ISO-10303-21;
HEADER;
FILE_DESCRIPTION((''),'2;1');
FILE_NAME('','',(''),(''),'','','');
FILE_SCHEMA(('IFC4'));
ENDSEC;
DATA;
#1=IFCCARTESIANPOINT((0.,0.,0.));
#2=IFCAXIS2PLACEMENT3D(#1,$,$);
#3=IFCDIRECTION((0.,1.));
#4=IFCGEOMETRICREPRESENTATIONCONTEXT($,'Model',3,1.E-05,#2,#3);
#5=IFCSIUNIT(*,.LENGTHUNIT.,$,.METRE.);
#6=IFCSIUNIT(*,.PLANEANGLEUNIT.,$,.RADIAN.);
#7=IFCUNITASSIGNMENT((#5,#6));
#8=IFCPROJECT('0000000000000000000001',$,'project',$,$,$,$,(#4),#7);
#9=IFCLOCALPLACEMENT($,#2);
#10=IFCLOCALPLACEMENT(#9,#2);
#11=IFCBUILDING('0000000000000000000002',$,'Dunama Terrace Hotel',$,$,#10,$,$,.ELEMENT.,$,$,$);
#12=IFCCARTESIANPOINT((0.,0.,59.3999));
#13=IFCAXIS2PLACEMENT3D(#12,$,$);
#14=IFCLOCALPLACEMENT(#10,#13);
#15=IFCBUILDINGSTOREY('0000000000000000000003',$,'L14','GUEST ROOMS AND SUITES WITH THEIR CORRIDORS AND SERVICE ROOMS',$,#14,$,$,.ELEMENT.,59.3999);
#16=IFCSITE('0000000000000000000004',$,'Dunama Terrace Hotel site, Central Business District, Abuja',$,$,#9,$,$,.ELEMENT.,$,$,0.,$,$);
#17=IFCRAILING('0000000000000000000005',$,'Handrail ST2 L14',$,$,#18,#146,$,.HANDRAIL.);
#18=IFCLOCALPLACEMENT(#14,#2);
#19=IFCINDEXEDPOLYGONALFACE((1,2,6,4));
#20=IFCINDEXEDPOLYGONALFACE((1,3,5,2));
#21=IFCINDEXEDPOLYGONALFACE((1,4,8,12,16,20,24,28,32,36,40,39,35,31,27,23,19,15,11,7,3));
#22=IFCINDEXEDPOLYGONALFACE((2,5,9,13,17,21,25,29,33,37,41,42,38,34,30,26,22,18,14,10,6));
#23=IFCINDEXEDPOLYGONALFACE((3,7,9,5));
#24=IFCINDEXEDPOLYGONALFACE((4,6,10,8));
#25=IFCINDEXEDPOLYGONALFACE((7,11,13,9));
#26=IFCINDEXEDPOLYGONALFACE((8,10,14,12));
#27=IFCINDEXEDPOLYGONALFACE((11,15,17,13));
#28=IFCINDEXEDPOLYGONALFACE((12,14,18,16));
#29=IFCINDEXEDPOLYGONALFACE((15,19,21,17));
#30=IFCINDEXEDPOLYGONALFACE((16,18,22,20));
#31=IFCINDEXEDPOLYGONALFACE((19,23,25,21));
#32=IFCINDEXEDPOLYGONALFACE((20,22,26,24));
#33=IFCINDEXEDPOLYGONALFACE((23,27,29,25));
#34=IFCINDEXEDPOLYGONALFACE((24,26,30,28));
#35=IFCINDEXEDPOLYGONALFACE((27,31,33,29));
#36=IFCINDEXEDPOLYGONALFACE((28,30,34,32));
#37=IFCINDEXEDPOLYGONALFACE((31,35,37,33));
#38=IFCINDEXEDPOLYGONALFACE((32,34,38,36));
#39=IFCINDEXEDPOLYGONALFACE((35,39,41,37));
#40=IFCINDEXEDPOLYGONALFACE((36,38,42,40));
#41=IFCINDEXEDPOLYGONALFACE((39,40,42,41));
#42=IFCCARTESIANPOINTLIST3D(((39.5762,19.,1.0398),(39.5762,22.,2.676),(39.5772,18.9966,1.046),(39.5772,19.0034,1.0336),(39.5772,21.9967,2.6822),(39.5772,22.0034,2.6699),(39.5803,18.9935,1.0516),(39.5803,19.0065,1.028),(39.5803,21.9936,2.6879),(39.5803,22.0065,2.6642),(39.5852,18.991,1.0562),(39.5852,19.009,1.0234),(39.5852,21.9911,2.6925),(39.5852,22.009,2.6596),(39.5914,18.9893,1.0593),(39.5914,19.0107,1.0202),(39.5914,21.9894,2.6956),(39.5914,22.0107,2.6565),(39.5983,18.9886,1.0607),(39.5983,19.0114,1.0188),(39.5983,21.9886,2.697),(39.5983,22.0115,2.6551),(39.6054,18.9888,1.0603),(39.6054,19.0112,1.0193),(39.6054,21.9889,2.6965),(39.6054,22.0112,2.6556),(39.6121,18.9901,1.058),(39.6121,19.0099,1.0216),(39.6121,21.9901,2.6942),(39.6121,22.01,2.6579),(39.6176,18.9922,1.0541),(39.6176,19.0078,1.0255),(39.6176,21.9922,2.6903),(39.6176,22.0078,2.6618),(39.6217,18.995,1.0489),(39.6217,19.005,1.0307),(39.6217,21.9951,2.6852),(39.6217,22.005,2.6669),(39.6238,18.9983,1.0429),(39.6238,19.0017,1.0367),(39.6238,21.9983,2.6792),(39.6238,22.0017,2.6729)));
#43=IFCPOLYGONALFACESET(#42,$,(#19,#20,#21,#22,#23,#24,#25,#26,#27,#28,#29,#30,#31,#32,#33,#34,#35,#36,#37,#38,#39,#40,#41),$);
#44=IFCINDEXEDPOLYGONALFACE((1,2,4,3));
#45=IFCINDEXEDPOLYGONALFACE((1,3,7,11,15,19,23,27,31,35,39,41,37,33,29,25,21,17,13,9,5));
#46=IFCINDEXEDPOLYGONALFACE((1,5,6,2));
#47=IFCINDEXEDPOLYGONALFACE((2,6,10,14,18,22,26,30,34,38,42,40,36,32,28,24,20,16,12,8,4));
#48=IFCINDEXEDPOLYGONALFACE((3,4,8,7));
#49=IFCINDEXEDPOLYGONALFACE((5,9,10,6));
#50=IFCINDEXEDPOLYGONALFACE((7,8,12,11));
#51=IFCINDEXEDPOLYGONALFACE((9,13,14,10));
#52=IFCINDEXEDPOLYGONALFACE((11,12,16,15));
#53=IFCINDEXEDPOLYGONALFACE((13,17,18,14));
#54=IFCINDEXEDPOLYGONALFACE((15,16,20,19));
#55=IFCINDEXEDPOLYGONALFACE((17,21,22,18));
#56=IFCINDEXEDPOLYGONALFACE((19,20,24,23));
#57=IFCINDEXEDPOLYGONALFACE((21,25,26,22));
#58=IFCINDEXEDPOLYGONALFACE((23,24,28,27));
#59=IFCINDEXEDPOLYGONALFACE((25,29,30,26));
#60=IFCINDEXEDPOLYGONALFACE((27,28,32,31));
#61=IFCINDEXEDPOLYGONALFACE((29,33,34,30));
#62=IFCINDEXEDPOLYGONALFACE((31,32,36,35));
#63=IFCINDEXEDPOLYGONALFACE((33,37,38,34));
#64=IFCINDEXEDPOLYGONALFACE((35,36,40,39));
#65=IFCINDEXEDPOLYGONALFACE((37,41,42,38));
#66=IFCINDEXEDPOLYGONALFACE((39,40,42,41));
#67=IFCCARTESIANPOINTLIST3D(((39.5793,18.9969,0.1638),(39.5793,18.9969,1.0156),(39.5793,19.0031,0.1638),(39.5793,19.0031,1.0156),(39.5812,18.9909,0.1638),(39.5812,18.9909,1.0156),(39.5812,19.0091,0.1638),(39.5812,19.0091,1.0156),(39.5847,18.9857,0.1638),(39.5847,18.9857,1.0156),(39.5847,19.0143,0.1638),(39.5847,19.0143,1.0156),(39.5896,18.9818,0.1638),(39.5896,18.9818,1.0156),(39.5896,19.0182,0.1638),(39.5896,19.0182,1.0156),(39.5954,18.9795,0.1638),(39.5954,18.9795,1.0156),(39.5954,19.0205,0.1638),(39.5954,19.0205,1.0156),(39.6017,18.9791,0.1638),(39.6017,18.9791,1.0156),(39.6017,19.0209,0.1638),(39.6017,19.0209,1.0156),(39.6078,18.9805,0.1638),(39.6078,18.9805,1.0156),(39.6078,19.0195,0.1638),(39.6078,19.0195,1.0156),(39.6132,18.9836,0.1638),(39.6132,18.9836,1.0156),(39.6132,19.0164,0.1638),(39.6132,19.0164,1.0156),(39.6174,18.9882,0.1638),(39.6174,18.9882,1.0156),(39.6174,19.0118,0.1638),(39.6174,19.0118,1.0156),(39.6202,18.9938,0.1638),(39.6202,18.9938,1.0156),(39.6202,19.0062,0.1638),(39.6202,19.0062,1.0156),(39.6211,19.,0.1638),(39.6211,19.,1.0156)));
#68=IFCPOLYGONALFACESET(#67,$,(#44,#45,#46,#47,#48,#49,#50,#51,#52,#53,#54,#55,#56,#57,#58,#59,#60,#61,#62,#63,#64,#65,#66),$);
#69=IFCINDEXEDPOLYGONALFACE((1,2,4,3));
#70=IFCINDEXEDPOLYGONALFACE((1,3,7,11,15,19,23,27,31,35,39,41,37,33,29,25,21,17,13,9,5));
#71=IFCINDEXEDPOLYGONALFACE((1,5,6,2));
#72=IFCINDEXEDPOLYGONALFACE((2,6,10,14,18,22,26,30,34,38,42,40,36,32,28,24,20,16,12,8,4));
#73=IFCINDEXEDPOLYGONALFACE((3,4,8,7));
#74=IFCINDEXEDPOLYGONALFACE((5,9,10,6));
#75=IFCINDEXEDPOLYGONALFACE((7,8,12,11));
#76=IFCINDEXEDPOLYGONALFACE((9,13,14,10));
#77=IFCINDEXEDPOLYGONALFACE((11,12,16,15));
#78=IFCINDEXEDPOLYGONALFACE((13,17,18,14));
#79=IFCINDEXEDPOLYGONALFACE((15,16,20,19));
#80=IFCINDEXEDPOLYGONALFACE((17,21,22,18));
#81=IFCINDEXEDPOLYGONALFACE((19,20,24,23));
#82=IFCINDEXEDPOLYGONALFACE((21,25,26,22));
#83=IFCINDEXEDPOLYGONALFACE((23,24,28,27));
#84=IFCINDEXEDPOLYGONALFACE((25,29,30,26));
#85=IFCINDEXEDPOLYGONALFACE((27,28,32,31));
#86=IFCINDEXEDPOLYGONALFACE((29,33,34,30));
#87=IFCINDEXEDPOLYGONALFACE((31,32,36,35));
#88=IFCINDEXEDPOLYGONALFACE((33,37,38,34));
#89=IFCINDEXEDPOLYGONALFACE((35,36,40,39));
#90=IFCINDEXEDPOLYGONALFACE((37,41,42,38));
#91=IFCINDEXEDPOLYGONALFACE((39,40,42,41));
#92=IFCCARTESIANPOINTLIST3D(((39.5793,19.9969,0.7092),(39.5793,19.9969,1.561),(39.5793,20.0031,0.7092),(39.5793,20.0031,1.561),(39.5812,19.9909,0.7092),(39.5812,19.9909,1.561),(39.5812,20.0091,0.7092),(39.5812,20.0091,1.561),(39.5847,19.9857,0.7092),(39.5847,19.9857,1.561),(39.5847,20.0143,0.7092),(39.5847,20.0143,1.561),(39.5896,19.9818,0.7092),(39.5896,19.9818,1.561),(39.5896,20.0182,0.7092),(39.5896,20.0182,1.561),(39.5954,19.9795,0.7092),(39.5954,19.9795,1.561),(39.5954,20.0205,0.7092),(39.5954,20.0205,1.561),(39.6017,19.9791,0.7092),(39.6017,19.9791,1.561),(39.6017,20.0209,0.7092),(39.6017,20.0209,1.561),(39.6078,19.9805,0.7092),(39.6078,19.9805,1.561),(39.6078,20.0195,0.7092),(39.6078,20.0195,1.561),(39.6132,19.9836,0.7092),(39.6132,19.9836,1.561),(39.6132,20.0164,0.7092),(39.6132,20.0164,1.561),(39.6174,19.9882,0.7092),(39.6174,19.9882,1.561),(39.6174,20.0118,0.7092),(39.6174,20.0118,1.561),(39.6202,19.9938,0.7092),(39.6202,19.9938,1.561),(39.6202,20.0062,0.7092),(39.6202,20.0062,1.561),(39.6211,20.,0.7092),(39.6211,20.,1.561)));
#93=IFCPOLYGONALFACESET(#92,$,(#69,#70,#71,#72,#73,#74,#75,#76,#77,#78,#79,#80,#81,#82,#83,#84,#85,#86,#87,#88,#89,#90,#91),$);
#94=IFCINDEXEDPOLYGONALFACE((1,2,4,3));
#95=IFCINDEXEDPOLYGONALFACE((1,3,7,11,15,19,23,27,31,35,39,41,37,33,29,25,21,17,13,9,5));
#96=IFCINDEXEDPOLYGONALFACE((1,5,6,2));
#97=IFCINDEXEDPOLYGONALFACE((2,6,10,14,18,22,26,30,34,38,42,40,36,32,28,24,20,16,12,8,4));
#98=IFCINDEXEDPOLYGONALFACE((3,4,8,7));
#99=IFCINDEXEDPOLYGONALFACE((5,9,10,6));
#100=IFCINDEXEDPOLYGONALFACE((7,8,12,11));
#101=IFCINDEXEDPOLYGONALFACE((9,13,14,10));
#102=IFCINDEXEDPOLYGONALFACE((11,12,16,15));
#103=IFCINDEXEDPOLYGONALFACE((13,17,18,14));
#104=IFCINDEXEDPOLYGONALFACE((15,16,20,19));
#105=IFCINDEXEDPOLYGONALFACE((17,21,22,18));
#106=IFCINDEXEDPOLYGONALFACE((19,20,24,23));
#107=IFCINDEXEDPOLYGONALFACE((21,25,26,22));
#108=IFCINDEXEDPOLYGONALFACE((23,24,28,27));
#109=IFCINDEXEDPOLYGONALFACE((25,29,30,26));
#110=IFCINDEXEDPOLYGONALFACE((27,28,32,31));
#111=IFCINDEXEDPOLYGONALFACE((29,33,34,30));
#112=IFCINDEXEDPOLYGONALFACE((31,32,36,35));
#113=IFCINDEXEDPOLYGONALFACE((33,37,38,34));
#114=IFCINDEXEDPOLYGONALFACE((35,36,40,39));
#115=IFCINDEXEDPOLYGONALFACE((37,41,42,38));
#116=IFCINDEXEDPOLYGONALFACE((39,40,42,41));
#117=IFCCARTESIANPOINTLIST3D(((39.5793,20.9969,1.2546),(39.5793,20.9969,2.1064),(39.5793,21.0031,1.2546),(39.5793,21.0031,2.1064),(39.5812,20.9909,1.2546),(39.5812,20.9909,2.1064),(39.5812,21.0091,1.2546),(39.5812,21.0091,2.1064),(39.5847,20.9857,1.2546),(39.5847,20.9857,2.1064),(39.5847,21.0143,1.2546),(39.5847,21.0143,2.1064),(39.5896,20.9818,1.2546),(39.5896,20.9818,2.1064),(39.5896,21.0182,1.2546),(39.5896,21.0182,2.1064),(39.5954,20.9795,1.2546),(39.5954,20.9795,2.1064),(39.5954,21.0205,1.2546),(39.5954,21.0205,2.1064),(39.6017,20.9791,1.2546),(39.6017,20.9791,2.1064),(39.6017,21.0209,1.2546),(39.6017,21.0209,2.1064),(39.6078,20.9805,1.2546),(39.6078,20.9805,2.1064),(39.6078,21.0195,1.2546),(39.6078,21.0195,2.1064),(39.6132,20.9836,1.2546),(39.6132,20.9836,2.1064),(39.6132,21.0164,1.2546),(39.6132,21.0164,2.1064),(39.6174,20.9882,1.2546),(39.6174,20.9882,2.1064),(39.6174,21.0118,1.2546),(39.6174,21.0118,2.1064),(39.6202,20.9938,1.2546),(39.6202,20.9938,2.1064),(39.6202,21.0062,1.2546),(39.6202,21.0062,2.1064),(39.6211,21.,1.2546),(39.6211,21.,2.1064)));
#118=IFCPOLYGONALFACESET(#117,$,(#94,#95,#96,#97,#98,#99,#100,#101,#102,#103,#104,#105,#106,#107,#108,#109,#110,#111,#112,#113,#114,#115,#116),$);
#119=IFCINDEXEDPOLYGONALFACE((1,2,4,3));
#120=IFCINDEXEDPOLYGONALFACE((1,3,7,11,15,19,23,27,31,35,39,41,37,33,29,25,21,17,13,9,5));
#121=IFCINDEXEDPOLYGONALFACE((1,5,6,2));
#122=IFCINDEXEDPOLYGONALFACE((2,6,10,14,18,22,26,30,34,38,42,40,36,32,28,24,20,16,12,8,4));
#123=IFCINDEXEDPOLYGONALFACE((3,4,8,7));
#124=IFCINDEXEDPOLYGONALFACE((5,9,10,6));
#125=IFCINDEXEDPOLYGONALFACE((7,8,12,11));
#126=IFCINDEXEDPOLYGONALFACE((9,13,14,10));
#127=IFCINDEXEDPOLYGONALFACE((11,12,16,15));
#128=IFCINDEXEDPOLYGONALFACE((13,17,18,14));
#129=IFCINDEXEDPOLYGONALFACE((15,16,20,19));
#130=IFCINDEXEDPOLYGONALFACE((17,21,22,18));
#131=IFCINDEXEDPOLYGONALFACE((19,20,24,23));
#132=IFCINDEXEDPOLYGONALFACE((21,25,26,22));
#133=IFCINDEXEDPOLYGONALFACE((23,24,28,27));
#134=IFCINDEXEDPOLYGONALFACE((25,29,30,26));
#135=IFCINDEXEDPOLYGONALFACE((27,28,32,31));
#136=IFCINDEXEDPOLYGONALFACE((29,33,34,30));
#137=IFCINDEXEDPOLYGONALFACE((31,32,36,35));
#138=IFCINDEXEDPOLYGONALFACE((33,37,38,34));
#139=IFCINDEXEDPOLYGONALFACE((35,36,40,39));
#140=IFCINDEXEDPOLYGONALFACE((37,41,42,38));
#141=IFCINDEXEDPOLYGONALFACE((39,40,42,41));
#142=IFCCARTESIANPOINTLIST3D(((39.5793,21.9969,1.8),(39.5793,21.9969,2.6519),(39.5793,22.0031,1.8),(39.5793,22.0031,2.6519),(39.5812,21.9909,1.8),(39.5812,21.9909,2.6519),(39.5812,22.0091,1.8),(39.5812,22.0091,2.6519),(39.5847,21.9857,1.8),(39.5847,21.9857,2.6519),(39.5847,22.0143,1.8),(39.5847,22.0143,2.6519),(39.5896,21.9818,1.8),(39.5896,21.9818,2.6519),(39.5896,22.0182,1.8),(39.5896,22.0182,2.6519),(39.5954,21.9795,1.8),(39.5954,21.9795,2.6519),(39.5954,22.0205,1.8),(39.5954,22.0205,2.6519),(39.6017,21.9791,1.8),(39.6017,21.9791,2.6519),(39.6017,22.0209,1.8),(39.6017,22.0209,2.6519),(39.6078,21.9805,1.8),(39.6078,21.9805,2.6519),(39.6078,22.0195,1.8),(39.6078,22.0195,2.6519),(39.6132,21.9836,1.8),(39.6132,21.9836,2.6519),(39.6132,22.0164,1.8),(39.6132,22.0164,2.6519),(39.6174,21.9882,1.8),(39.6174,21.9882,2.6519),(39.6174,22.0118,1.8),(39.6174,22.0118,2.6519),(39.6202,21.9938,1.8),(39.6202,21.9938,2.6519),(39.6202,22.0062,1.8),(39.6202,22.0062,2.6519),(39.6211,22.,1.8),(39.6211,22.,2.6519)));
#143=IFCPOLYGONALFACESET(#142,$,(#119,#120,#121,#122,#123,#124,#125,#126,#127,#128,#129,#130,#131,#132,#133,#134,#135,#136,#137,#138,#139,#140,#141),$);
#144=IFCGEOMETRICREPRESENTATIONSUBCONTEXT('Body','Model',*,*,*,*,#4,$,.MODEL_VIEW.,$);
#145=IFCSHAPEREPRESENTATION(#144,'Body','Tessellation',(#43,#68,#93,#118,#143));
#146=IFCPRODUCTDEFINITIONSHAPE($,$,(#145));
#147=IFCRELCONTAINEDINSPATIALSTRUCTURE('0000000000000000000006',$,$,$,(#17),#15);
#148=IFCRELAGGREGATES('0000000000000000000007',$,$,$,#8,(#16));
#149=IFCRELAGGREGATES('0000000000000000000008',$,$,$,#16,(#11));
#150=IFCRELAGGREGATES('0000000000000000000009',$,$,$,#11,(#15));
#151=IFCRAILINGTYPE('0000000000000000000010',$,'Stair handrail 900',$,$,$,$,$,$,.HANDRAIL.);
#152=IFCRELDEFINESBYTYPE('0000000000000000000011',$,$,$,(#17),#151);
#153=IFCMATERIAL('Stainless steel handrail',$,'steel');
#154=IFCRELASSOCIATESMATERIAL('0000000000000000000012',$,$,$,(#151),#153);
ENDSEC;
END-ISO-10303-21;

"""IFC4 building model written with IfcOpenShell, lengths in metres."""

from ifc_helpers import new_model, si_unit, direction, frame, origin, origin_2d, place, context, subcontext, project, spatial, circle, extrude, material, type_object, element, save


model = new_model("IFC4")

# Units and contexts
model_context = context("Model", 3, precision=1e-05, world=origin(), true_north=direction((0.0, 1.0)))
body_context = subcontext(model_context, "Body", "Model", "MODEL_VIEW")
ifc_project = project(units=[si_unit("LENGTHUNIT", "METRE"), si_unit("PLANEANGLEUNIT", "RADIAN")], contexts=[model_context])

# Site, building, storey
site_placement = place(None, origin())
site = spatial("IfcSite", under=ifc_project, at=site_placement, Name="Dunama Terrace Hotel site, Central Business District, Abuja", CompositionType="ELEMENT", RefElevation=0.0)
building_placement = place(site_placement, origin())
building = spatial("IfcBuilding", under=site, at=building_placement, Name="Dunama Terrace Hotel", CompositionType="ELEMENT")
storey_placement = place(building_placement, frame((0.0, 0.0, 59.3999)))
storey = spatial("IfcBuildingStorey", under=building, at=storey_placement, Name="L14", Description="GUEST ROOMS AND SUITES WITH THEIR CORRIDORS AND SERVICE ROOMS", CompositionType="ELEMENT", Elevation=59.3999)

# Railing
ifc_material_1 = material(Name="Stainless steel handrail", Category="steel")
railing_type = type_object("IfcRailingType", Name="Stair handrail 900", PredefinedType="HANDRAIL", material=ifc_material_1)
railing_1_placement = place(storey_placement, frame((39.6001, 19.0, 0.1638)))
element("IfcRailing", 1, at=railing_1_placement, inside=storey, type_object=railing_type, Name="Handrail ST2 L14", PredefinedType="HANDRAIL", context=body_context, shape_type="SweptSolid", body=[
    extrude(circle(Radius=0.0239, at=origin_2d()), frame((0.0, 0.0, 0.876), z_axis=(0.0, 0.877912, 0.478822), x_axis=(-1.0, 0.0, 0.0)), (0.0, 0.0, 1.0), 3.4172),
    extrude(circle(Radius=0.021, at=origin_2d()), origin(), (0.0, 0.0, 1.0), 0.8518),
    extrude(circle(Radius=0.021, at=origin_2d()), frame((0.0, 1.0, 0.5454)), (0.0, 0.0, 1.0), 0.8518),
    extrude(circle(Radius=0.021, at=origin_2d()), frame((0.0, 2.0, 1.0908)), (0.0, 0.0, 1.0), 0.8518),
    extrude(circle(Radius=0.021, at=origin_2d()), frame((0.0, 3.0, 1.6362)), (0.0, 0.0, 1.0), 0.8518),
])

save(model, "model.ifc")
